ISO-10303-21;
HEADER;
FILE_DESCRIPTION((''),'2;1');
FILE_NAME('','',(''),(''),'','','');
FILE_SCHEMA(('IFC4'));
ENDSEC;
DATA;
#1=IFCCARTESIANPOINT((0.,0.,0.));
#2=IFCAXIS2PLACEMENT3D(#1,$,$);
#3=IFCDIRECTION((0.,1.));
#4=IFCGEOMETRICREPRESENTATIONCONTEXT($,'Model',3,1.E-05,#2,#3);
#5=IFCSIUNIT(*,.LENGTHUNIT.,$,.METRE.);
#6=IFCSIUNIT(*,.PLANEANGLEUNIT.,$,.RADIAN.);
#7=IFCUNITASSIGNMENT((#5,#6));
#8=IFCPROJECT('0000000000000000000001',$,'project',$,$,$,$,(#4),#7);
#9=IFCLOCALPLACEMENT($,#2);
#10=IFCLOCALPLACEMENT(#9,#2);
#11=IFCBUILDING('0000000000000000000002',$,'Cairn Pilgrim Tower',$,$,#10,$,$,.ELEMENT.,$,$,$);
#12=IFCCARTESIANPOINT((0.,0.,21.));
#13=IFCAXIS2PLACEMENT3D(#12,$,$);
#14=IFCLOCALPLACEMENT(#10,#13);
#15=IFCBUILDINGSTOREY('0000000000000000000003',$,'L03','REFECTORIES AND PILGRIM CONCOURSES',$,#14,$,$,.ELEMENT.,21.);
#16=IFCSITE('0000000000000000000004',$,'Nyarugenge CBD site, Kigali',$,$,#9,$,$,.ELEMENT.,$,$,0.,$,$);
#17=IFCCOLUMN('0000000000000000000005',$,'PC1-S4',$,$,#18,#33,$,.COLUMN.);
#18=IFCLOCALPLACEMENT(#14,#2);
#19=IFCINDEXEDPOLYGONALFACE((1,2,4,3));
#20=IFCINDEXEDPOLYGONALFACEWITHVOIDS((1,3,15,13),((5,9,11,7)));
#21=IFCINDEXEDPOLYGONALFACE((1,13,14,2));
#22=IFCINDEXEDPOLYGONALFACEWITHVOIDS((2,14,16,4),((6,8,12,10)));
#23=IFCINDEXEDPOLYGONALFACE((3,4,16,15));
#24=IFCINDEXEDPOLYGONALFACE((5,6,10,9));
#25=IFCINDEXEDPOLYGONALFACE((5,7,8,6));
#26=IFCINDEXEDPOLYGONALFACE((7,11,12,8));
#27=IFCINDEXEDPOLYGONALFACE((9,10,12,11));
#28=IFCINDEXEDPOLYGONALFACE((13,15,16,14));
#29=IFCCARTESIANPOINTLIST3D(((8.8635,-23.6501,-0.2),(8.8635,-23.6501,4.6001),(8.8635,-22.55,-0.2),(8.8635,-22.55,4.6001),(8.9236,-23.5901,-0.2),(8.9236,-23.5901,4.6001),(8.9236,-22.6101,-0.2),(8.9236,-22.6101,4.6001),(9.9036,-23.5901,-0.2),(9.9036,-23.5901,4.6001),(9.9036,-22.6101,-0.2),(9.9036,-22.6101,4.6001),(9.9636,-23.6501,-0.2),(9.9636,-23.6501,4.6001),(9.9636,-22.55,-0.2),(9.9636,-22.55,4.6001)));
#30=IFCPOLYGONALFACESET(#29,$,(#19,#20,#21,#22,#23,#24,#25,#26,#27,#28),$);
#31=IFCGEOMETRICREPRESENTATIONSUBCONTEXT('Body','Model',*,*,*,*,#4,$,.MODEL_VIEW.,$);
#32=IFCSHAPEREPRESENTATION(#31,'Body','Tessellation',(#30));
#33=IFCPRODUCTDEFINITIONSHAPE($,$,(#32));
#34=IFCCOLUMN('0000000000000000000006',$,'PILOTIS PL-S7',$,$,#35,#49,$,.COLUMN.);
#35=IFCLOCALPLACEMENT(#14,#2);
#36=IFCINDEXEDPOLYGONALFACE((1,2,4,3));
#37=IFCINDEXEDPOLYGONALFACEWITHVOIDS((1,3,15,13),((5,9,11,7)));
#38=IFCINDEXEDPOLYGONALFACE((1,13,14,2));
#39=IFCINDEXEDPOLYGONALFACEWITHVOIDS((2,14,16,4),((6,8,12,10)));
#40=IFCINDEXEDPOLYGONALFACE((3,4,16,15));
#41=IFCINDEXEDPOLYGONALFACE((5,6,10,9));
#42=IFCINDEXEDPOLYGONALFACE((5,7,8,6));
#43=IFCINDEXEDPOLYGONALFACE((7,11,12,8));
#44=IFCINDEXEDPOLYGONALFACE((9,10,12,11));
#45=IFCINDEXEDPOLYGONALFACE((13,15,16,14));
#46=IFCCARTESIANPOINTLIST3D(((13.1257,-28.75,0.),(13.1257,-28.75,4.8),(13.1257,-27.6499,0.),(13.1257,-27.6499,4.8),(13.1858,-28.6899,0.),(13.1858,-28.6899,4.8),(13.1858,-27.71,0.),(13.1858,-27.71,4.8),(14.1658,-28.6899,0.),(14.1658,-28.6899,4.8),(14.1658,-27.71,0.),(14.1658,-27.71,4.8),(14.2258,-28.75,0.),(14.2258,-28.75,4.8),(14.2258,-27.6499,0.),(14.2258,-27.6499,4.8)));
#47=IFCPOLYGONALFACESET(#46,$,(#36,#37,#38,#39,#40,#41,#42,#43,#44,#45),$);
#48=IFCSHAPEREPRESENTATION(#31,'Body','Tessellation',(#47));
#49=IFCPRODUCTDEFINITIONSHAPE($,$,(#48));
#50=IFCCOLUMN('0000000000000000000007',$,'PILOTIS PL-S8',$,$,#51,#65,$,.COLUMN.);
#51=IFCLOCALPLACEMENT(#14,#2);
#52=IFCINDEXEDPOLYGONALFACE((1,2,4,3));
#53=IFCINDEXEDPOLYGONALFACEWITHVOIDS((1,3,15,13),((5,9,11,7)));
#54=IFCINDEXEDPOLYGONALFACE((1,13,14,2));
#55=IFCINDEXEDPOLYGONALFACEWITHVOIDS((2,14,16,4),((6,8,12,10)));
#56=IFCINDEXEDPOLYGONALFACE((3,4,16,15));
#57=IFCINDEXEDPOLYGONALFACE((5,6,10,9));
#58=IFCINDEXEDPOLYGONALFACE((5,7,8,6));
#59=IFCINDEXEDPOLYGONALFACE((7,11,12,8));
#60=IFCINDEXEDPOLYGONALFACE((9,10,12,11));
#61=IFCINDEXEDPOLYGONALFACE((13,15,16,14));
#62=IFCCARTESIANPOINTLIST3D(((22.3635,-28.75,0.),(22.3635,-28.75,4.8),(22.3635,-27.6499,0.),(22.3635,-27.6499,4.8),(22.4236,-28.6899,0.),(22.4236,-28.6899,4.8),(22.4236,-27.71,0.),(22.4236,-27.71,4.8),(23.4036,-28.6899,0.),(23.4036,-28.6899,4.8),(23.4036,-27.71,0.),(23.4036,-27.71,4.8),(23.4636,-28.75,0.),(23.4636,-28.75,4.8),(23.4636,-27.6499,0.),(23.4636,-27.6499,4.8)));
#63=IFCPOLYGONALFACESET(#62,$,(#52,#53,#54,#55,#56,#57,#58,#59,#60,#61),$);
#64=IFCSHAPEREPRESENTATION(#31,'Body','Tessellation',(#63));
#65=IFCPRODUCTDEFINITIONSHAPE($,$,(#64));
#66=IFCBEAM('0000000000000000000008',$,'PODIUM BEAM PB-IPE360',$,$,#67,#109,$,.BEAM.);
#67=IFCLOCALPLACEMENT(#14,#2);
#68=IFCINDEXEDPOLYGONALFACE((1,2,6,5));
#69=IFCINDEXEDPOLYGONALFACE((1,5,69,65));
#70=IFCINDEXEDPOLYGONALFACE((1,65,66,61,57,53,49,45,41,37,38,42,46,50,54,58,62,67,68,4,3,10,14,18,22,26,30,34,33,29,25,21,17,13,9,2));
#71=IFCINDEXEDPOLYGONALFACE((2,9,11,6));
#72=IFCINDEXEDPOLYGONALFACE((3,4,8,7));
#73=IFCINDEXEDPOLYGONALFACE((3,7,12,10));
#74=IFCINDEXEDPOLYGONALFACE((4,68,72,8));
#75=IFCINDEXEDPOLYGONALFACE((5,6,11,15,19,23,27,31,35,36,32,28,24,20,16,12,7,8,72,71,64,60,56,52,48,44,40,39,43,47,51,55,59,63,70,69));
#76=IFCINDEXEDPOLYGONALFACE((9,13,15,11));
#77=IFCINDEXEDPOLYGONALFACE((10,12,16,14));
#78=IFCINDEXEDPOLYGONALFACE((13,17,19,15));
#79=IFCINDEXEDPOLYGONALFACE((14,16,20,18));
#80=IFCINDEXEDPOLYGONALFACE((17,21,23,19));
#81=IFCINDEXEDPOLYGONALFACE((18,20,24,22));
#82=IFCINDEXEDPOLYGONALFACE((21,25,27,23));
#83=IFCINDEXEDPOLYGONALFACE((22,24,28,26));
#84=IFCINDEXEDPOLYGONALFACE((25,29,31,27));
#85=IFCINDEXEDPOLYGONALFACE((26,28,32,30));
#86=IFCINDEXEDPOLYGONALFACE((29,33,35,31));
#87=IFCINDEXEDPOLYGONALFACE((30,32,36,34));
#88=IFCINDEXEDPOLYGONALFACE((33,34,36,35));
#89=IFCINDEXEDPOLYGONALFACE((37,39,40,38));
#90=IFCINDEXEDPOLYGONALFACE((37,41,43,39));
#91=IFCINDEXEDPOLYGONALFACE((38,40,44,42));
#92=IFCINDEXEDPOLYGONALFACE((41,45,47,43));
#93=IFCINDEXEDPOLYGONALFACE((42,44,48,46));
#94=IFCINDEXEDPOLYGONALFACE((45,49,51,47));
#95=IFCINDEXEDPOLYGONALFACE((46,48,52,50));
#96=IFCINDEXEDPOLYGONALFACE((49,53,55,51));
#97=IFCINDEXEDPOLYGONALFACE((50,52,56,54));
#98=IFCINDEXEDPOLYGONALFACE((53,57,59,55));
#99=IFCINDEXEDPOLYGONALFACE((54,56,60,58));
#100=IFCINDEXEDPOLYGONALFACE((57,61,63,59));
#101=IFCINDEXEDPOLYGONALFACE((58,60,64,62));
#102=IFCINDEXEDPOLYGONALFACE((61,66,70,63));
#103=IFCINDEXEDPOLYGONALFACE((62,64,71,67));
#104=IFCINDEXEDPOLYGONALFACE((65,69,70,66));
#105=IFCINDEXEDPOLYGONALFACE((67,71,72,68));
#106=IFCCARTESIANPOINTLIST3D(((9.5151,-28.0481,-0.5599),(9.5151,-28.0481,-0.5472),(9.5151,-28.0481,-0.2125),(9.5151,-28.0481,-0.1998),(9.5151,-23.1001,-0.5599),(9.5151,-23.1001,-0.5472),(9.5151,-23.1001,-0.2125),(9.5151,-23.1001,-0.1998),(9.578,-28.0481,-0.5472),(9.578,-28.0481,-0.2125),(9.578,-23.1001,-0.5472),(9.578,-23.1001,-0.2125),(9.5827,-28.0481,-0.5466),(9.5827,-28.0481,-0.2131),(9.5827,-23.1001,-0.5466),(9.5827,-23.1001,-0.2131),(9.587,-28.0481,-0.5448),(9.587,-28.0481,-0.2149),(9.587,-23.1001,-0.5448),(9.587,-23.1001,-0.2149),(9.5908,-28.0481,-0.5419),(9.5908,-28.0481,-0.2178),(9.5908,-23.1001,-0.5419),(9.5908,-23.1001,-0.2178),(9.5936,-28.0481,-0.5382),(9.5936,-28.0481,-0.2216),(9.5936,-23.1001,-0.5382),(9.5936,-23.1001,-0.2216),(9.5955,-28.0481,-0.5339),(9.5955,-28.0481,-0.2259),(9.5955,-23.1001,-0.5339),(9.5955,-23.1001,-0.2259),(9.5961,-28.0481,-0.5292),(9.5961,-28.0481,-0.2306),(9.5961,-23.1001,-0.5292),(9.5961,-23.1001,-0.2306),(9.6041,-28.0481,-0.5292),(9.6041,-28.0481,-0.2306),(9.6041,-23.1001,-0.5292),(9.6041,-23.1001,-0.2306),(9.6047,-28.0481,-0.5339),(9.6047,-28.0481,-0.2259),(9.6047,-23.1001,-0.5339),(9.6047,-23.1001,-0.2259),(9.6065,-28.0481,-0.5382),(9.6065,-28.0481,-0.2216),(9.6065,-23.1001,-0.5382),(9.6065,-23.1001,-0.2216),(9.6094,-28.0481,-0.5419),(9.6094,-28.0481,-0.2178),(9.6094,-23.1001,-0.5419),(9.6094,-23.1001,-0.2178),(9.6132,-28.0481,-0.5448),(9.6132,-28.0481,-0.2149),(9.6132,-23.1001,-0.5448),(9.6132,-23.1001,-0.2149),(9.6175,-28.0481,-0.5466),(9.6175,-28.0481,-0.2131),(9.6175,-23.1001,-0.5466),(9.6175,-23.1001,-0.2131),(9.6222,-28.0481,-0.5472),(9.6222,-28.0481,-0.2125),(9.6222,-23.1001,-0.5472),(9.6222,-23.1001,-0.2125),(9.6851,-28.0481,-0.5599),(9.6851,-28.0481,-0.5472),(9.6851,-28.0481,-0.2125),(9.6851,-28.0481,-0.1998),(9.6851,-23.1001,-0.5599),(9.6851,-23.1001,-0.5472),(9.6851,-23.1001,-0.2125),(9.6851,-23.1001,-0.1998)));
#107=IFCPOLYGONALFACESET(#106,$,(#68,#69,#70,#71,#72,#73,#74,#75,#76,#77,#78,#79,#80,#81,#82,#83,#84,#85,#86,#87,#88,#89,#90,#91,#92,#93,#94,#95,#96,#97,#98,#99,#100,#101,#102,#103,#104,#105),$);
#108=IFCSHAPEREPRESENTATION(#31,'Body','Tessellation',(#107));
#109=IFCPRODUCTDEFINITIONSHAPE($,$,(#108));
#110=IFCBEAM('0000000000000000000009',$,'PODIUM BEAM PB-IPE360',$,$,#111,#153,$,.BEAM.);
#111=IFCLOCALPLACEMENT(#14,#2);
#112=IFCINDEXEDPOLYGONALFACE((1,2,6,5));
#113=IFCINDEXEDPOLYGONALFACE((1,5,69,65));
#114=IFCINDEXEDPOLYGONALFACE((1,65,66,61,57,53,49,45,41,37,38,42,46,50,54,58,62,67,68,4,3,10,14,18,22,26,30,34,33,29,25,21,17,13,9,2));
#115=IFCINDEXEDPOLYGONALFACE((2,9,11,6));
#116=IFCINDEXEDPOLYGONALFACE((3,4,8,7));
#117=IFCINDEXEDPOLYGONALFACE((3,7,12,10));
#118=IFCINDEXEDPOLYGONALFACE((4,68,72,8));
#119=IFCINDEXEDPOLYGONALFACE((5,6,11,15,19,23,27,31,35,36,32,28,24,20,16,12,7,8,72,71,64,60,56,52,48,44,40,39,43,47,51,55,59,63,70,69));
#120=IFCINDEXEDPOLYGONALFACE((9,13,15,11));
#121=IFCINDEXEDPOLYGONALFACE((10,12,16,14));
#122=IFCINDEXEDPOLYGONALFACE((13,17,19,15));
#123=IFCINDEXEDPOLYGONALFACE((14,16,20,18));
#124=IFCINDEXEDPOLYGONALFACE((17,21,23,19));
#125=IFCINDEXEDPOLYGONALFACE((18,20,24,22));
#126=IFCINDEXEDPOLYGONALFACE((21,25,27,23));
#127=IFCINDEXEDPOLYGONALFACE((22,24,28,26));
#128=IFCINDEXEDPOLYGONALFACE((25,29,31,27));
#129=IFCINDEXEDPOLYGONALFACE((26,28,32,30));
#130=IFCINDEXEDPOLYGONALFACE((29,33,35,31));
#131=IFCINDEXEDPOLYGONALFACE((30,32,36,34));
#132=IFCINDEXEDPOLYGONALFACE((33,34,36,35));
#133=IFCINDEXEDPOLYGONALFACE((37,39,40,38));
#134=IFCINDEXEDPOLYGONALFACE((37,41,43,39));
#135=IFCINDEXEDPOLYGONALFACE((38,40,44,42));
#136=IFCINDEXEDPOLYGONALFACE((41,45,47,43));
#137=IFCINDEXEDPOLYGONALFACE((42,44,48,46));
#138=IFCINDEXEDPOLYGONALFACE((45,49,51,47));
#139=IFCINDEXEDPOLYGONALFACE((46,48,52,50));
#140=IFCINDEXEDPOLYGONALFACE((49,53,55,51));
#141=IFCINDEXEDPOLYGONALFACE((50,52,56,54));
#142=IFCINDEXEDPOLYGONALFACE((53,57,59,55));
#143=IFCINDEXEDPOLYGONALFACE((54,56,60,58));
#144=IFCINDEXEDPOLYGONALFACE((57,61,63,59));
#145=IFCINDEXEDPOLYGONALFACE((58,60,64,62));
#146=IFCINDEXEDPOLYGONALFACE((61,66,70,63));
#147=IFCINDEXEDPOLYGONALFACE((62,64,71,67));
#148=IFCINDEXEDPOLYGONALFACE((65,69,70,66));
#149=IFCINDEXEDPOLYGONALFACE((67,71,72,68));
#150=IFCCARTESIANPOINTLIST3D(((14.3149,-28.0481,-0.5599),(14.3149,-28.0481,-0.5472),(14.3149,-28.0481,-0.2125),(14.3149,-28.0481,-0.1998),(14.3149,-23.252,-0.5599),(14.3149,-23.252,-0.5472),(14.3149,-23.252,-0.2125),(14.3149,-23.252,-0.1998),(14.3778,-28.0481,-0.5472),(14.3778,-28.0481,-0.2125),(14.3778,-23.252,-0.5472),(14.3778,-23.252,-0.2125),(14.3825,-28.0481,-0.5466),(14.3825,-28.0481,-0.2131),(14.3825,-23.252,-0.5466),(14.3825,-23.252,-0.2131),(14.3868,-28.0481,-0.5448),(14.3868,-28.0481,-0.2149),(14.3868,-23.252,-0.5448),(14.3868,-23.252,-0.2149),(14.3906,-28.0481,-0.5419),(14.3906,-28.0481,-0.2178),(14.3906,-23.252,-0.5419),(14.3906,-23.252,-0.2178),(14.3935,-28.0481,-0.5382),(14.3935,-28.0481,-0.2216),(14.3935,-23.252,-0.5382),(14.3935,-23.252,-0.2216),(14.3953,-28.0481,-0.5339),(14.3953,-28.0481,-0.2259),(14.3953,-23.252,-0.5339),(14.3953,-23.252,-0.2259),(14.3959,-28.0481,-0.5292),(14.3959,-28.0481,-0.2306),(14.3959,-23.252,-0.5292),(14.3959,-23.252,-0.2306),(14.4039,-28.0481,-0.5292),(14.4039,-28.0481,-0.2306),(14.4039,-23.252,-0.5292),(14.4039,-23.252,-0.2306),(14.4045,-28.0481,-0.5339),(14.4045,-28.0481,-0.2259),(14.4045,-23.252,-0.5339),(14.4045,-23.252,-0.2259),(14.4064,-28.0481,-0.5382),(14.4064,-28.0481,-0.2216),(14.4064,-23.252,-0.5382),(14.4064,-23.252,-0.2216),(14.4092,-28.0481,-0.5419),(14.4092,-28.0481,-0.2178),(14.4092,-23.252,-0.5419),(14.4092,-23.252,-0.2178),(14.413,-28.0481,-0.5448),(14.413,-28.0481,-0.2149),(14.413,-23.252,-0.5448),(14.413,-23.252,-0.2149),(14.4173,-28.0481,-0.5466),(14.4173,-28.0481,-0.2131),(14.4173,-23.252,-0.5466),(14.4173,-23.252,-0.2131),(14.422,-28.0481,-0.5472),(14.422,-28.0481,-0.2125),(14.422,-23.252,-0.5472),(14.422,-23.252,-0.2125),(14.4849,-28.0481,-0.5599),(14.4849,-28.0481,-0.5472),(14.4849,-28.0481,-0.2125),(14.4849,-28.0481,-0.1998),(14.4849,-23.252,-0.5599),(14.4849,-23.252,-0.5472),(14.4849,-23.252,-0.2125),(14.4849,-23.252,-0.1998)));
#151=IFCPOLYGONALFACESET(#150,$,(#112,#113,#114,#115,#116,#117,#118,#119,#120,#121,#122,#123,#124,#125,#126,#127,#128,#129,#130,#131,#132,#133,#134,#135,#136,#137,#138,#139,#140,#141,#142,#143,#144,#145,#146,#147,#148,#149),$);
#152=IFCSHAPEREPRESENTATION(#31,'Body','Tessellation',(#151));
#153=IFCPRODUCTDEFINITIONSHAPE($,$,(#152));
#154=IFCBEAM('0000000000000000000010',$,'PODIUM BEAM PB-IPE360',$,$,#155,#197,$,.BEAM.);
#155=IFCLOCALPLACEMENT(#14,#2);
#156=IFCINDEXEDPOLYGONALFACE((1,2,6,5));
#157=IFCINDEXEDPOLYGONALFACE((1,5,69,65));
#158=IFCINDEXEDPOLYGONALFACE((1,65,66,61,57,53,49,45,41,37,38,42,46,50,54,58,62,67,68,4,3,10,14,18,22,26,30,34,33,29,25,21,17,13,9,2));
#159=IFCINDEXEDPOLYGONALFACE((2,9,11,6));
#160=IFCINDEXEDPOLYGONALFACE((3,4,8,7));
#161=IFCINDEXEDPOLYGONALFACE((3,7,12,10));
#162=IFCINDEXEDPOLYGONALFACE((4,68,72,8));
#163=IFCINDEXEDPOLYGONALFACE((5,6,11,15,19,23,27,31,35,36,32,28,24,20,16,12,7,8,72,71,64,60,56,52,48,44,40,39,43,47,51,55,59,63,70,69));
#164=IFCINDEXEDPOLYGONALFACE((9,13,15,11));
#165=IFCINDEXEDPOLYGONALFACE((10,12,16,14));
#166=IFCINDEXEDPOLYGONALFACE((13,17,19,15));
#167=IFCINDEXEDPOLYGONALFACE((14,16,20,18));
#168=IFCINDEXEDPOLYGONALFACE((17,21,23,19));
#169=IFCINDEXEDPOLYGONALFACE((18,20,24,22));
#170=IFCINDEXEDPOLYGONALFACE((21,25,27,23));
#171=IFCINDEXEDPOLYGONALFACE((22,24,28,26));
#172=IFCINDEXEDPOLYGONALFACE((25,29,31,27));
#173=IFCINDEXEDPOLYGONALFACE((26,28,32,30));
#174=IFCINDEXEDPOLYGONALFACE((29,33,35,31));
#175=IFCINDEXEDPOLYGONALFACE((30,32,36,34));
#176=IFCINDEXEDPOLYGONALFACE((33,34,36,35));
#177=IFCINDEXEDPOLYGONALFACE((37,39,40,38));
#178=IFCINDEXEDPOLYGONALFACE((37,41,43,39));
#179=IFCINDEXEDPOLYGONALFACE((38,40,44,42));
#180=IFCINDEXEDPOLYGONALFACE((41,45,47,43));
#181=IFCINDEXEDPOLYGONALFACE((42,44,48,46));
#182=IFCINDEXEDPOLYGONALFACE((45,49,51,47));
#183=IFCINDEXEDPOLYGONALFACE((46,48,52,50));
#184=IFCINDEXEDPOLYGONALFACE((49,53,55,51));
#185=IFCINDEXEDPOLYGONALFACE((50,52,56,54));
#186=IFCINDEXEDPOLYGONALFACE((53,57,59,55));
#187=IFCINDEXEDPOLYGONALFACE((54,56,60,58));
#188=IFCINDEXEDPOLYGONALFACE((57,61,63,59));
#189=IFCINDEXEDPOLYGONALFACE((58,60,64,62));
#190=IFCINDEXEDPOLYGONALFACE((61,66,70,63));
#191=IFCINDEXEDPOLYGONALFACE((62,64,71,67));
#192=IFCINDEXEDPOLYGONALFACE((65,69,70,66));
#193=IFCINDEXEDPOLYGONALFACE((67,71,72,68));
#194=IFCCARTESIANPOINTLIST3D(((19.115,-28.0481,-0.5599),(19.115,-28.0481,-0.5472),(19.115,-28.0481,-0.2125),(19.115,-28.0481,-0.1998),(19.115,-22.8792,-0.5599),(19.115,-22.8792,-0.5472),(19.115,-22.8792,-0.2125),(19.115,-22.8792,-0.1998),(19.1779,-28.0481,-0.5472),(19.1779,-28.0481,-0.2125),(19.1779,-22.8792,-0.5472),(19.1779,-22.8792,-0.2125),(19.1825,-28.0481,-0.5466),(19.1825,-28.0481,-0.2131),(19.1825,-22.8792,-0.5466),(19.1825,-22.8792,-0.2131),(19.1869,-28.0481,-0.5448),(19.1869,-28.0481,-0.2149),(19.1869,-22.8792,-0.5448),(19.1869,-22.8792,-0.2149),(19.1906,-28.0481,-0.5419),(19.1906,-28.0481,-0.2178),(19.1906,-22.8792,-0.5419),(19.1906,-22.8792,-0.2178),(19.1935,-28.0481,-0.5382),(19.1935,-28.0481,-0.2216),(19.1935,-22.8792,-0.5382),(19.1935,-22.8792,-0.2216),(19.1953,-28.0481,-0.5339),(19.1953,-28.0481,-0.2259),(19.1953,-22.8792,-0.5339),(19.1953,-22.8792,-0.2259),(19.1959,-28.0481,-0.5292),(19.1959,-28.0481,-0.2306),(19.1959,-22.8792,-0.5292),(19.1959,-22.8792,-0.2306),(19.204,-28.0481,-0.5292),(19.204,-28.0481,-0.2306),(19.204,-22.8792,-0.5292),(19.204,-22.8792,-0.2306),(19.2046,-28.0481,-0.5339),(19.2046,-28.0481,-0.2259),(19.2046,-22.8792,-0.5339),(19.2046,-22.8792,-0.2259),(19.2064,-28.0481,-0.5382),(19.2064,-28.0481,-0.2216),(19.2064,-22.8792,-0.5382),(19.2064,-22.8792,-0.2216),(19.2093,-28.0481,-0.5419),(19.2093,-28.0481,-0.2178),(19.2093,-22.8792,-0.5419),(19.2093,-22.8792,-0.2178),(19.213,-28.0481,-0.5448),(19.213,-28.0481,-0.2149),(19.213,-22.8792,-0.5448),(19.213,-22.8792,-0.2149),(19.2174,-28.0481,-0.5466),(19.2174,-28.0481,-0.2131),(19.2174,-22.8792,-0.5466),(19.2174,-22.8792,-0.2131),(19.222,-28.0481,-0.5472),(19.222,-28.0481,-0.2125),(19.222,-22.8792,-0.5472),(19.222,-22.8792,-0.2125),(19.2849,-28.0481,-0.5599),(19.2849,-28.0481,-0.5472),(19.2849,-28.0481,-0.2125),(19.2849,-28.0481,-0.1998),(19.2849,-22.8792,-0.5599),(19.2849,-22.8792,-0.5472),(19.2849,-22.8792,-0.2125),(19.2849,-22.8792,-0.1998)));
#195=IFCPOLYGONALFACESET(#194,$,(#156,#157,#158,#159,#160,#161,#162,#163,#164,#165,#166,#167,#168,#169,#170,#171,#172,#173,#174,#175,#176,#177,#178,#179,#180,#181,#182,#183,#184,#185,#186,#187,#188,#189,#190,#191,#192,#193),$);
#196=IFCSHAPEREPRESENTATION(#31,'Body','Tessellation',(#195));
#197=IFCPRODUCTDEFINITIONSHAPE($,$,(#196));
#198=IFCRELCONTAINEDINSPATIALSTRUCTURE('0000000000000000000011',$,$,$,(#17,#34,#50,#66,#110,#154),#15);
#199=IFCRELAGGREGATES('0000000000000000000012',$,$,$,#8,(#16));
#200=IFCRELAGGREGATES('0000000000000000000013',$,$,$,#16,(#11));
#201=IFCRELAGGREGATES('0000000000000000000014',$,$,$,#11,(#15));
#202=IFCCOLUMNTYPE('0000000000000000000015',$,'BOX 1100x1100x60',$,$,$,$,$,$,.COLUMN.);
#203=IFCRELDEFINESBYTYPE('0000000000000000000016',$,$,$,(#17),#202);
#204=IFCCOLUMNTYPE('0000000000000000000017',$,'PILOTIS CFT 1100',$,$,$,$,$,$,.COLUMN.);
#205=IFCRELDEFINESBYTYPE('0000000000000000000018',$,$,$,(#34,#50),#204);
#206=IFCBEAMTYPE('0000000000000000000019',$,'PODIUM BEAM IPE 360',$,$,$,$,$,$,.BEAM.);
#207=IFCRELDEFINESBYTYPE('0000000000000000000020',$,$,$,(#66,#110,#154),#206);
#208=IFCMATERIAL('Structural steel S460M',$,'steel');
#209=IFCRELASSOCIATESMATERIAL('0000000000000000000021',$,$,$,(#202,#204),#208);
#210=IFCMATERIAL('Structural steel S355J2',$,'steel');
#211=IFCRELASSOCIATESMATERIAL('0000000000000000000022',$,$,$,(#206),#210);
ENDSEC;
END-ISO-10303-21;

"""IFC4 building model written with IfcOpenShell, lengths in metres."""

from ifc_helpers import new_model, si_unit, direction, frame, origin, origin_2d, place, context, subcontext, project, spatial, hollow_rectangle, i_section, extrude, material, material_profile, profile_set, type_object, element, save


model = new_model("IFC4")

# Units and contexts
model_context = context("Model", 3, precision=1e-05, world=origin(), true_north=direction((0.0, 1.0)))
body_context = subcontext(model_context, "Body", "Model", "MODEL_VIEW")
ifc_project = project(units=[si_unit("LENGTHUNIT", "METRE"), si_unit("PLANEANGLEUNIT", "RADIAN")], contexts=[model_context])

# Site, building, storey
site_placement = place(None, origin())
site = spatial("IfcSite", under=ifc_project, at=site_placement, Name="Nyarugenge CBD site, Kigali", CompositionType="ELEMENT", RefElevation=0.0)
building_placement = place(site_placement, origin())
building = spatial("IfcBuilding", under=site, at=building_placement, Name="Cairn Pilgrim Tower", CompositionType="ELEMENT")
storey_placement = place(building_placement, frame((0.0, 0.0, 21.0)))
storey = spatial("IfcBuildingStorey", under=building, at=storey_placement, Name="L03", Description="REFECTORIES AND PILGRIM CONCOURSES", CompositionType="ELEMENT", Elevation=21.0)

# Columns
ifc_material_1 = material(Name="Structural steel S460M", Category="steel")
ifc_material_profile_1 = material_profile(ifc_material_1, hollow_rectangle(XDim=1.1001, YDim=1.1001, WallThickness=0.0601, at=origin_2d()), Name="BOX 1100x1100x60")
ifc_profile_set_1 = profile_set([ifc_material_profile_1], Name="Structural steel S460M")
column_type_1 = type_object("IfcColumnType", Name="BOX 1100x1100x60", PredefinedType="COLUMN", material=ifc_profile_set_1)
column_placement = place(storey_placement, frame((9.4136, -23.1001, -0.2), z_axis=(0.0, 0.0, 1.0), x_axis=(1.0, 0.0, 0.0)))
element("IfcColumn", 1, at=column_placement, inside=storey, type_object=column_type_1, Name="PC1-S4", PredefinedType="COLUMN", context=body_context, shape_type="SweptSolid", body=[
    extrude(hollow_rectangle(XDim=1.1001, YDim=1.1001, WallThickness=0.0601, at=origin_2d()), origin(), (0.0, 0.0, 1.0), 4.8),
])
ifc_material_profile_2 = material_profile(ifc_material_1, hollow_rectangle(XDim=1.1001, YDim=1.1001, WallThickness=0.0601, at=origin_2d()), Name="BOX 1100x1100x60")
ifc_profile_set_2 = profile_set([ifc_material_profile_2], Name="Structural steel S460M")
column_type_2 = type_object("IfcColumnType", Name="PILOTIS CFT 1100", PredefinedType="COLUMN", material=ifc_profile_set_2)
for number, where, z_axis, x_axis, name in (
    (2, (13.6758, -28.2, 0.0), (0.0, 0.0, 1.0), (1.0, 0.0, 0.0), "PILOTIS PL-S7"),
    (3, (22.9136, -28.2, 0.0), (0.0, 0.0, 1.0), (1.0, 0.0, 0.0), "PILOTIS PL-S8"),
):
    element("IfcColumn", number, at=place(storey_placement, frame(where, z_axis=z_axis, x_axis=x_axis)), inside=storey, type_object=column_type_2, Name=name, PredefinedType="COLUMN", context=body_context, shape_type="SweptSolid", body=[
        extrude(hollow_rectangle(XDim=1.1001, YDim=1.1001, WallThickness=0.0601, at=origin_2d()), origin(), (0.0, 0.0, 1.0), 4.8),
    ])

# Beams
ifc_material_2 = material(Name="Structural steel S355J2", Category="steel")
ifc_material_profile_3 = material_profile(ifc_material_2, i_section(OverallWidth=0.1699, OverallDepth=0.3601, WebThickness=0.0081, FlangeThickness=0.0127, FilletRadius=0.0181, at=origin_2d()), Name="IPE 360")
ifc_profile_set_3 = profile_set([ifc_material_profile_3], Name="Structural steel S355J2")
beam_type_1 = type_object("IfcBeamType", Name="PODIUM BEAM IPE 360", PredefinedType="BEAM", material=ifc_profile_set_3)
beam_1_placement = place(storey_placement, frame((9.6001, -28.0481, -0.3799), z_axis=(0.0, 1.0, 0.0), x_axis=(-1.0, 0.0, 0.0)))
element("IfcBeam", 4, at=beam_1_placement, inside=storey, type_object=beam_type_1, Name="PODIUM BEAM PB-IPE360", PredefinedType="BEAM", context=body_context, shape_type="SweptSolid", body=[
    extrude(i_section(OverallWidth=0.1699, OverallDepth=0.3601, WebThickness=0.0081, FlangeThickness=0.0127, FilletRadius=0.0181, at=origin_2d()), origin(), (0.0, 0.0, 1.0), 4.948),
])
beam_2_placement = place(storey_placement, frame((14.3999, -28.0481, -0.3799), z_axis=(0.0, 1.0, 0.0), x_axis=(-1.0, 0.0, 0.0)))
element("IfcBeam", 5, at=beam_2_placement, inside=storey, type_object=beam_type_1, Name="PODIUM BEAM PB-IPE360", PredefinedType="BEAM", context=body_context, shape_type="SweptSolid", body=[
    extrude(i_section(OverallWidth=0.1699, OverallDepth=0.3601, WebThickness=0.0081, FlangeThickness=0.0127, FilletRadius=0.0181, at=origin_2d()), origin(), (0.0, 0.0, 1.0), 4.7961),
])
beam_3_placement = place(storey_placement, frame((19.2, -28.0481, -0.3799), z_axis=(0.0, 1.0, 0.0), x_axis=(-1.0, 0.0, 0.0)))
element("IfcBeam", 6, at=beam_3_placement, inside=storey, type_object=beam_type_1, Name="PODIUM BEAM PB-IPE360", PredefinedType="BEAM", context=body_context, shape_type="SweptSolid", body=[
    extrude(i_section(OverallWidth=0.1699, OverallDepth=0.3601, WebThickness=0.0081, FlangeThickness=0.0127, FilletRadius=0.0181, at=origin_2d()), origin(), (0.0, 0.0, 1.0), 5.1689),
])

save(model, "model.ifc")
